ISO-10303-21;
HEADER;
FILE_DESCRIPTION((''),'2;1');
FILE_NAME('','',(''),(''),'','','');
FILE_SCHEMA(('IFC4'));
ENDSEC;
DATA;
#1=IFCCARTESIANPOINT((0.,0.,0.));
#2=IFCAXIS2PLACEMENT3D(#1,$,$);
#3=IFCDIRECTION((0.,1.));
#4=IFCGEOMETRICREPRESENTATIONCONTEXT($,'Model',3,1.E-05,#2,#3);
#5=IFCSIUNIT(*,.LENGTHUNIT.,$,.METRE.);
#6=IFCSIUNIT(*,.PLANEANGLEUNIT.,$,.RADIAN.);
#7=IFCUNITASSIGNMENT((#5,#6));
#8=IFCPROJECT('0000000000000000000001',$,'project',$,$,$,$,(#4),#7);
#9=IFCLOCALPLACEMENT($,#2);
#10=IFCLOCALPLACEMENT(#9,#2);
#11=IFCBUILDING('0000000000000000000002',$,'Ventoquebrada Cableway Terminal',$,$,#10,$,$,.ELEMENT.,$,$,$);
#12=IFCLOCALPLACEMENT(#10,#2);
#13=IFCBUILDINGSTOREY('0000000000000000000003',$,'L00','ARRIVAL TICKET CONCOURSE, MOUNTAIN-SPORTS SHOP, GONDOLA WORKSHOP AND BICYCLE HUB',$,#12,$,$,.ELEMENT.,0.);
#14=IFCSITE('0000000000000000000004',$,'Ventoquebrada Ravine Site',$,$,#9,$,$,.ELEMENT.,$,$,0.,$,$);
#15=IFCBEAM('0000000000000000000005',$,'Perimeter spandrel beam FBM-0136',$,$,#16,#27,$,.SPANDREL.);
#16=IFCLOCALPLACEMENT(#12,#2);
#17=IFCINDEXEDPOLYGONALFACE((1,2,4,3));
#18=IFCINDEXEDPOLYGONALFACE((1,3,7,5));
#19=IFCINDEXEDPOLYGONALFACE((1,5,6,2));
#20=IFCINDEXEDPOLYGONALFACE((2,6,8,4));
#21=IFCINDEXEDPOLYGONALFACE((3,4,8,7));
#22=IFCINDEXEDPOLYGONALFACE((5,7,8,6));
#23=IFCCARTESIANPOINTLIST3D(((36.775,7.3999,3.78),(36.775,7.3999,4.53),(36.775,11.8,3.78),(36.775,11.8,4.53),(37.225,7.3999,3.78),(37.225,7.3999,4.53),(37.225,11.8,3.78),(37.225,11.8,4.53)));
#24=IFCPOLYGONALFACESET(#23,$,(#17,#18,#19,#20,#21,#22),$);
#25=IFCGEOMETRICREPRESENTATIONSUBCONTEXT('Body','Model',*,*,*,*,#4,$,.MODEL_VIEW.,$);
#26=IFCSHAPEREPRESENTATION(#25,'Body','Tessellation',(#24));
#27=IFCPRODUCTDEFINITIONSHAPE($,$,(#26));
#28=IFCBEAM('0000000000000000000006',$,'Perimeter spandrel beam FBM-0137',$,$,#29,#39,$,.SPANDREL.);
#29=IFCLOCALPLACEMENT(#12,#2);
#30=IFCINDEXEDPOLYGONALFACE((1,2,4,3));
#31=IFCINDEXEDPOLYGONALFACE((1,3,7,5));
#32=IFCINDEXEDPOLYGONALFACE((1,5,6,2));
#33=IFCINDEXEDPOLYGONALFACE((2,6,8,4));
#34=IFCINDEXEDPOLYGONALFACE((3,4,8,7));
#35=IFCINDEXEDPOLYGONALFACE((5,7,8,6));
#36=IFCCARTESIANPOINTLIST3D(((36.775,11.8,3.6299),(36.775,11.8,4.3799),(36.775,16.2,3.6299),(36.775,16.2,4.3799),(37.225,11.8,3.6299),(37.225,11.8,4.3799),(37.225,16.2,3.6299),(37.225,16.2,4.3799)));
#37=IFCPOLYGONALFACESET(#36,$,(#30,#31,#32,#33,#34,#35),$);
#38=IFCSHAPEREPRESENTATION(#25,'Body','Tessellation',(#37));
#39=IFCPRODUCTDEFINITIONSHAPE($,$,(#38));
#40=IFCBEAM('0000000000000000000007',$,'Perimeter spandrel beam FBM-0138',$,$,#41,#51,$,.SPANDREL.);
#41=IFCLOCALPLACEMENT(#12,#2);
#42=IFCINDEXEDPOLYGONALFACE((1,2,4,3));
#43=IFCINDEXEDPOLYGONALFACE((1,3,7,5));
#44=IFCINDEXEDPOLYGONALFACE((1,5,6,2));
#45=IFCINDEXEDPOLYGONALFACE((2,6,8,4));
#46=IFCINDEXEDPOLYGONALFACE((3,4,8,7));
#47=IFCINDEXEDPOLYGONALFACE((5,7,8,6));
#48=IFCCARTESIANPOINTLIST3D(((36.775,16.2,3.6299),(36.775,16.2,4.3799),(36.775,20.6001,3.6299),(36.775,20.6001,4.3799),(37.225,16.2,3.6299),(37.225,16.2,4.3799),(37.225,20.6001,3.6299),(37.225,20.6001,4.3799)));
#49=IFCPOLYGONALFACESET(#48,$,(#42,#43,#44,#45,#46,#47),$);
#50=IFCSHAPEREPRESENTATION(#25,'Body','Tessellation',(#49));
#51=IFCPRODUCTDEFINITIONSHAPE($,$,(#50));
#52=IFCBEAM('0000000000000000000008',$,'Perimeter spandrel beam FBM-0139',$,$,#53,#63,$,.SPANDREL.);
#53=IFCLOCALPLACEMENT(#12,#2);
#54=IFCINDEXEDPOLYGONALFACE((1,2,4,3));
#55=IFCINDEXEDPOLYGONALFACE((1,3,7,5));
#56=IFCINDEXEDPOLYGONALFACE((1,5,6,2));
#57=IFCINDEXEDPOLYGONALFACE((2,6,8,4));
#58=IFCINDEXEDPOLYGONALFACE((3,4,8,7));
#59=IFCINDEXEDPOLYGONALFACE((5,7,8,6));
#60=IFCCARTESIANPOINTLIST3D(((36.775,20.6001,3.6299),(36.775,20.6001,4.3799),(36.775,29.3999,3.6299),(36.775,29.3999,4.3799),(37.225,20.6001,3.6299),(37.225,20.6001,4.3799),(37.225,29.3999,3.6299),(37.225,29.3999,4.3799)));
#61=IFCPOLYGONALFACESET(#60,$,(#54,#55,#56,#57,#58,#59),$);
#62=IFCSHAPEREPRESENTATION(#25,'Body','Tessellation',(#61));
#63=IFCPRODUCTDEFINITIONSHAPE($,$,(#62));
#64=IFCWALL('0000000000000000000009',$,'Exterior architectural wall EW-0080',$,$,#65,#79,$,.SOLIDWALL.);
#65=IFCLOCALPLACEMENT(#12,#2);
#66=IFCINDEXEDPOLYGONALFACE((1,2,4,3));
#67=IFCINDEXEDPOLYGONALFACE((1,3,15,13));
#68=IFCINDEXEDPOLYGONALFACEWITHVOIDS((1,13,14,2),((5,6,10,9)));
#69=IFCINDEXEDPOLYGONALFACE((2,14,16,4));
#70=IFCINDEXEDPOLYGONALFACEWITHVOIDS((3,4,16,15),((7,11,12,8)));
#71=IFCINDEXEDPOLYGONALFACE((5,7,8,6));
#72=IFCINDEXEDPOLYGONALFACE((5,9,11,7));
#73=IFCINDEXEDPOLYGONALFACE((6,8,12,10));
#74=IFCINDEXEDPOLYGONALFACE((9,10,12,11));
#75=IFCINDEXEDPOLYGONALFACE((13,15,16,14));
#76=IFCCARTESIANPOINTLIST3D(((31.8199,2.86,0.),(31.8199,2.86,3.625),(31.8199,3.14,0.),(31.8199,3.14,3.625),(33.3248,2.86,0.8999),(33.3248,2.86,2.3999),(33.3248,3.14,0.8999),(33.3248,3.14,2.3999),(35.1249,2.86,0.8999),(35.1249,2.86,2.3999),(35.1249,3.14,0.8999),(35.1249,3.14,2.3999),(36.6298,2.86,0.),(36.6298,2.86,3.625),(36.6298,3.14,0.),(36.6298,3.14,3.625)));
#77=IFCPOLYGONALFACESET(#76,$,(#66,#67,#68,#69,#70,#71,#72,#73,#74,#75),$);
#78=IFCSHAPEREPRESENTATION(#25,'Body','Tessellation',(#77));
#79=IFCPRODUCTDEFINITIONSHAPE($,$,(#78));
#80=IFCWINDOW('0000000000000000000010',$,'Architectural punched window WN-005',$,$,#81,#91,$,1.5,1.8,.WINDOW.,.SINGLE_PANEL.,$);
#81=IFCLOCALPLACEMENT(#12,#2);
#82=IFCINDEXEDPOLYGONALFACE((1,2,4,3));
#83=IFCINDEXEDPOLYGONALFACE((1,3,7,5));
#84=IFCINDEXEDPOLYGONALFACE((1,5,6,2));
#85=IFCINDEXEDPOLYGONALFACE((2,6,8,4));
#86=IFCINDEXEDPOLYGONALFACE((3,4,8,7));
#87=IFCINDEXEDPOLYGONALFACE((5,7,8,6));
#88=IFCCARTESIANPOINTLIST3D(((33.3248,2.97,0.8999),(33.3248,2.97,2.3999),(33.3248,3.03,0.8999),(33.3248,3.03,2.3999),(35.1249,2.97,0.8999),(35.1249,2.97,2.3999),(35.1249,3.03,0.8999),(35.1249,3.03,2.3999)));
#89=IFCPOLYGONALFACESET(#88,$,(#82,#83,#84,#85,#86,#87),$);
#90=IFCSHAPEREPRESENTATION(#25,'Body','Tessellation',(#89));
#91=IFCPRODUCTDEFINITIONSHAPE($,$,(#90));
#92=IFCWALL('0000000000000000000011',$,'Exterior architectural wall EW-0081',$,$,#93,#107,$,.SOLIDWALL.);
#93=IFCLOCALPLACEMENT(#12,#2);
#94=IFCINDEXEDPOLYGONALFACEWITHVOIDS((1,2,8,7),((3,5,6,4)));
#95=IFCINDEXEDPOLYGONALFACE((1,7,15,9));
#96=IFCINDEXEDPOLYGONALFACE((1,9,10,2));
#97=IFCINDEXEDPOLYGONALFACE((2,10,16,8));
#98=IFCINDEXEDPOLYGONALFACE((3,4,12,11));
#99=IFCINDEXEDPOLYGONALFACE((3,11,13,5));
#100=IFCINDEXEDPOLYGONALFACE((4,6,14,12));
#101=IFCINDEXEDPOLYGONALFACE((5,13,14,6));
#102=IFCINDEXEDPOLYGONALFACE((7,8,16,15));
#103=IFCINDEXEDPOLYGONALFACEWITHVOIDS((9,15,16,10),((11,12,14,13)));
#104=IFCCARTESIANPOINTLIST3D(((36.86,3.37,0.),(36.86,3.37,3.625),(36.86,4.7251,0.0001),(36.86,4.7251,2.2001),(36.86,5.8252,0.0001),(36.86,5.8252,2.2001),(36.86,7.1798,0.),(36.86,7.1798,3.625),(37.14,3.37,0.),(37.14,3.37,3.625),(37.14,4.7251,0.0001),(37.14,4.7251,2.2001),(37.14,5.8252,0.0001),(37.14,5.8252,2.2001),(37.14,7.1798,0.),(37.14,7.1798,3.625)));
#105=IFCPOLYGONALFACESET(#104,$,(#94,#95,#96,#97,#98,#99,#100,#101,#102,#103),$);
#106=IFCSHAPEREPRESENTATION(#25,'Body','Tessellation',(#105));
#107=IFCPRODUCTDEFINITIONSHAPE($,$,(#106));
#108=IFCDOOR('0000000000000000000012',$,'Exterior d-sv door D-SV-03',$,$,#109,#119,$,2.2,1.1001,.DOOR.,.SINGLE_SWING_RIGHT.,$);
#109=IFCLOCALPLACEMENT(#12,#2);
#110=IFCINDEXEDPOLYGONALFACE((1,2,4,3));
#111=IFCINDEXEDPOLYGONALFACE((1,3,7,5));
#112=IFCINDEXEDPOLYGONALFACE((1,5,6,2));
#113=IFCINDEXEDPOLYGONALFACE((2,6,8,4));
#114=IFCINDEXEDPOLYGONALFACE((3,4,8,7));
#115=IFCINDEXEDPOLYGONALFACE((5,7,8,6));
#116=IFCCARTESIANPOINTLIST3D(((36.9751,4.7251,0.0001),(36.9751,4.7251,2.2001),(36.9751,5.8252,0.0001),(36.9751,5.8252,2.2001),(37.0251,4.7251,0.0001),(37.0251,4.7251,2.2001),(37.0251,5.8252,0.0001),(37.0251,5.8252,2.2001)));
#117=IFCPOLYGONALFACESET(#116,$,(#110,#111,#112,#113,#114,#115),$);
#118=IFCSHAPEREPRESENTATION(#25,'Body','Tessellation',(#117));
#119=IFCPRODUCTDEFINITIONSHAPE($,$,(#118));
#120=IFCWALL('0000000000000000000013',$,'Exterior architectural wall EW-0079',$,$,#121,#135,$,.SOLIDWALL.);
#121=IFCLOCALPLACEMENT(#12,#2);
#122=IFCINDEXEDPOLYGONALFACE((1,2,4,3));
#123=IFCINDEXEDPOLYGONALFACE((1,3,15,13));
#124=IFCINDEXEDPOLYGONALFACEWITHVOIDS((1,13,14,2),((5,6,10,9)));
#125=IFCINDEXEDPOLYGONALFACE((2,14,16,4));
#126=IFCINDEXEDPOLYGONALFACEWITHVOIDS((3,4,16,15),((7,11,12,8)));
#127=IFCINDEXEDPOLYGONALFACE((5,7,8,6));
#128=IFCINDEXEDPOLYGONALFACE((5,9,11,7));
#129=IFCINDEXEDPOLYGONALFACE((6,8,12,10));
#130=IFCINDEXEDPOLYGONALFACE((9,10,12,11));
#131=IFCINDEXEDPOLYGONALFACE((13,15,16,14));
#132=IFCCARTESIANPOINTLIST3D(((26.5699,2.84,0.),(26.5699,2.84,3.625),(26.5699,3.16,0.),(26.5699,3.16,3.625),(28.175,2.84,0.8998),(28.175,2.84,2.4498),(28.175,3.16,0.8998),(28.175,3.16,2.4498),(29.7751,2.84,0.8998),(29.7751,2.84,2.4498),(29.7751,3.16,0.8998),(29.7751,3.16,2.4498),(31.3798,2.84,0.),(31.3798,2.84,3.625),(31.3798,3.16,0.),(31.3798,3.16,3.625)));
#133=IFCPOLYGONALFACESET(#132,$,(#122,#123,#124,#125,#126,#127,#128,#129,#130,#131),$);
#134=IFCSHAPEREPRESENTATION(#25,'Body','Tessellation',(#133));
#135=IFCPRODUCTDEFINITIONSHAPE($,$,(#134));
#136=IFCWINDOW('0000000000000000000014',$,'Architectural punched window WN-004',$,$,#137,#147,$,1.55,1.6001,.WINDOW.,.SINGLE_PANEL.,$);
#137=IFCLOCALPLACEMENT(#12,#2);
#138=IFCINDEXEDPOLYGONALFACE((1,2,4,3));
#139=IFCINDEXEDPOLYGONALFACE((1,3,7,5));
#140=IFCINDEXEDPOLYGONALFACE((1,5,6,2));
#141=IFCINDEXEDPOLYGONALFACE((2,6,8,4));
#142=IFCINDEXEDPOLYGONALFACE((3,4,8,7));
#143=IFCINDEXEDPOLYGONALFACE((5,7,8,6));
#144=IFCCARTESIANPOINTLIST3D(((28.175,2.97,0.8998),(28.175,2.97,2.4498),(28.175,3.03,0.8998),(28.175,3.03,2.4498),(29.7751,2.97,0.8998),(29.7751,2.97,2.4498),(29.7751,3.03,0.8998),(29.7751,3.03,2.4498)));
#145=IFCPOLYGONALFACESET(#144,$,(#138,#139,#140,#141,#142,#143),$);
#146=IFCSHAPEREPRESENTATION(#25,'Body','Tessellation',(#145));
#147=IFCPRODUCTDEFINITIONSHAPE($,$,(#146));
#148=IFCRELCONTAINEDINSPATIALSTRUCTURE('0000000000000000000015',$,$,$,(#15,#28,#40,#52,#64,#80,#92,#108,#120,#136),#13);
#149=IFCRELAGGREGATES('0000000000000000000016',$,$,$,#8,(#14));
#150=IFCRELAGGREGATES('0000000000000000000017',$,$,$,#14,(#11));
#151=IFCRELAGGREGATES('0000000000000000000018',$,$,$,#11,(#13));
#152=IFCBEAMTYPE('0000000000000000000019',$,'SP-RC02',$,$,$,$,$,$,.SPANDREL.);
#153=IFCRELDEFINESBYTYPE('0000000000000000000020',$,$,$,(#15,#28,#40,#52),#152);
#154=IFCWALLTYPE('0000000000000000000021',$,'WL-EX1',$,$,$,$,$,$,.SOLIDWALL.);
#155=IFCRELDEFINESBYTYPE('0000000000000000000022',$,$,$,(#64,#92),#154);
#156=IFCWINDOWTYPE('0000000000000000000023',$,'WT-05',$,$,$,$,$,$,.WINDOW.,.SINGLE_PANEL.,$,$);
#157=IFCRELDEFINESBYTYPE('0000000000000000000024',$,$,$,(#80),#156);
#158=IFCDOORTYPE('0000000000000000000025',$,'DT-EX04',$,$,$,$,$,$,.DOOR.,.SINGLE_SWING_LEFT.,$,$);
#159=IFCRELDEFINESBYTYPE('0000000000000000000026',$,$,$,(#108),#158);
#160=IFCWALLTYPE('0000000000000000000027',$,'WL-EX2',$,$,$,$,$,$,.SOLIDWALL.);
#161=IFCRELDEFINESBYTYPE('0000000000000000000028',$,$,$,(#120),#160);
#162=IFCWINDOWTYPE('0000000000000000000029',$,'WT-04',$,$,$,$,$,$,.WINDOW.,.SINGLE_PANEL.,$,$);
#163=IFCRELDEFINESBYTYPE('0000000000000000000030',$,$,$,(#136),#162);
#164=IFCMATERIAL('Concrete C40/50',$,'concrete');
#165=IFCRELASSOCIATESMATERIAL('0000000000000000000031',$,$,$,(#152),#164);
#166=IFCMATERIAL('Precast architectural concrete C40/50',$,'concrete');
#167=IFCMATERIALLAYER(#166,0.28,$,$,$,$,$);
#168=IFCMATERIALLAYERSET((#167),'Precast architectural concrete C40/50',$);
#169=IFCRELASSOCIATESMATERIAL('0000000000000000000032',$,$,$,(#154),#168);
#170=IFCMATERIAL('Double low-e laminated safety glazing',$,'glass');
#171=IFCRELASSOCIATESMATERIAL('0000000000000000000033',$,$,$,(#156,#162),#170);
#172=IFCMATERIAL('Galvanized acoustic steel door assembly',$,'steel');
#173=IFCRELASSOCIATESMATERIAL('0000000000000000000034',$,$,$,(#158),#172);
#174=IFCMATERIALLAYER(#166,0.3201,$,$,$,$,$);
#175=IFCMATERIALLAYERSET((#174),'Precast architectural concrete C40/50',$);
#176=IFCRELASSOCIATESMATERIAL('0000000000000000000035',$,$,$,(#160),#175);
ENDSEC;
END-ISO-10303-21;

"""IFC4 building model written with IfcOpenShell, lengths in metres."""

from ifc_helpers import new_model, si_unit, direction, frame, frame_2d, origin, origin_2d, place, context, subcontext, project, spatial, rectangle, extrude, material, layer, layer_set, material_profile, profile_set, type_object, element, fill, save


model = new_model("IFC4")

# Units and contexts
model_context = context("Model", 3, precision=1e-05, world=origin(), true_north=direction((0.0, 1.0)))
body_context = subcontext(model_context, "Body", "Model", "MODEL_VIEW")
ifc_project = project(units=[si_unit("LENGTHUNIT", "METRE"), si_unit("PLANEANGLEUNIT", "RADIAN")], contexts=[model_context])

# Site, building, storey
site_placement = place(None, origin())
site = spatial("IfcSite", under=ifc_project, at=site_placement, Name="Ventoquebrada Ravine Site", CompositionType="ELEMENT", RefElevation=0.0)
building_placement = place(site_placement, origin())
building = spatial("IfcBuilding", under=site, at=building_placement, Name="Ventoquebrada Cableway Terminal", CompositionType="ELEMENT")
storey_placement = place(building_placement, origin())
storey = spatial("IfcBuildingStorey", under=building, at=storey_placement, Name="L00", Description="ARRIVAL TICKET CONCOURSE, MOUNTAIN-SPORTS SHOP, GONDOLA WORKSHOP AND BICYCLE HUB", CompositionType="ELEMENT", Elevation=0.0)

# Shared definitions
ifc_material_1 = material(Name="Concrete C40/50", Category="concrete")

# Beams
ifc_material_profile_1 = material_profile(ifc_material_1, rectangle(XDim=0.45, YDim=0.75, at=origin_2d()), Name="RC-BM-450X750")
ifc_profile_set_1 = profile_set([ifc_material_profile_1], Name="Concrete C40/50")
beam_type = type_object("IfcBeamType", Name="SP-RC02", PredefinedType="SPANDREL", material=ifc_profile_set_1)
beam_1_placement = place(storey_placement, frame((37.0, 7.3999, 4.155), z_axis=(0.0, 1.0, 0.0), x_axis=(-1.0, 0.0, 0.0)))
element("IfcBeam", 1, at=beam_1_placement, inside=storey, type_object=beam_type, Name="Perimeter spandrel beam FBM-0136", PredefinedType="SPANDREL", context=body_context, shape_type="SweptSolid", body=[
    extrude(rectangle(XDim=0.45, YDim=0.75, at=origin_2d()), origin(), (0.0, 0.0, 1.0), 4.4001),
])
beam_2_placement = place(storey_placement, frame((37.0, 11.8, 4.0049), z_axis=(0.0, 1.0, 0.0), x_axis=(-1.0, 0.0, 0.0)))
element("IfcBeam", 2, at=beam_2_placement, inside=storey, type_object=beam_type, Name="Perimeter spandrel beam FBM-0137", PredefinedType="SPANDREL", context=body_context, shape_type="SweptSolid", body=[
    extrude(rectangle(XDim=0.45, YDim=0.75, at=origin_2d()), origin(), (0.0, 0.0, 1.0), 4.3999),
])
beam_3_placement = place(storey_placement, frame((37.0, 16.2, 4.0049), z_axis=(0.0, 1.0, 0.0), x_axis=(-1.0, 0.0, 0.0)))
element("IfcBeam", 3, at=beam_3_placement, inside=storey, type_object=beam_type, Name="Perimeter spandrel beam FBM-0138", PredefinedType="SPANDREL", context=body_context, shape_type="SweptSolid", body=[
    extrude(rectangle(XDim=0.45, YDim=0.75, at=origin_2d()), origin(), (0.0, 0.0, 1.0), 4.4001),
])
beam_4_placement = place(storey_placement, frame((37.0, 20.6001, 4.0049), z_axis=(0.0, 1.0, 0.0), x_axis=(-1.0, 0.0, 0.0)))
element("IfcBeam", 4, at=beam_4_placement, inside=storey, type_object=beam_type, Name="Perimeter spandrel beam FBM-0139", PredefinedType="SPANDREL", context=body_context, shape_type="SweptSolid", body=[
    extrude(rectangle(XDim=0.45, YDim=0.75, at=origin_2d()), origin(), (0.0, 0.0, 1.0), 8.7998),
])

# Wall, opening, window
ifc_material_2 = material(Name="Precast architectural concrete C40/50", Category="concrete")
ifc_layer_1 = layer(ifc_material_2, 0.28)
ifc_layer_set_1 = layer_set([ifc_layer_1], Name="Precast architectural concrete C40/50")
wall_type_1 = type_object("IfcWallType", Name="WL-EX1", PredefinedType="SOLIDWALL", material=ifc_layer_set_1)
wall_1_placement = place(storey_placement, frame((31.8201, 3.0, 0.0), z_axis=(0.0, 0.0, 1.0), x_axis=(1.0, 0.0, 0.0)))
wall_1 = element("IfcWall", 5, at=wall_1_placement, inside=storey, type_object=wall_type_1, Name="Exterior architectural wall EW-0080", PredefinedType="SOLIDWALL", context=body_context, shape_type="SweptSolid", body=[
    extrude(rectangle(XDim=4.8098, YDim=0.28, at=frame_2d((2.4048, 0.0))), origin(), (0.0, 0.0, 1.0), 3.625),
])
opening_1_placement = place(wall_1_placement, frame((1.5049, 0.0, 0.8999)))
opening_1 = element("IfcOpeningElement", 6, at=opening_1_placement, cuts=wall_1, PredefinedType="OPENING", context=body_context, shape_type="SweptSolid", body=[
    extrude(rectangle(XDim=1.8, YDim=1.5, at=frame_2d((0.8999, 0.75))), frame((0.0, 0.1499, 0.0), z_axis=(0.0, -1.0, 0.0), x_axis=(1.0, 0.0, 0.0)), (0.0, 0.0, 1.0), 0.3),
])
ifc_material_3 = material(Name="Double low-e laminated safety glazing", Category="glass")
window_type_1 = type_object("IfcWindowType", Name="WT-05", PartitioningType="SINGLE_PANEL", PredefinedType="WINDOW", material=ifc_material_3)
window_1_placement = place(opening_1_placement, origin())
window_1 = element("IfcWindow", 7, at=window_1_placement, inside=storey, type_object=window_type_1, Name="Architectural punched window WN-005", OverallHeight=1.5, OverallWidth=1.8, PartitioningType="SINGLE_PANEL", PredefinedType="WINDOW", context=body_context, shape_type="SweptSolid", body=[
    extrude(rectangle(XDim=1.8, YDim=1.5, at=frame_2d((0.8999, 0.75))), frame((0.0, 0.03, 0.0), z_axis=(0.0, -1.0, 0.0), x_axis=(1.0, 0.0, 0.0)), (0.0, 0.0, 1.0), 0.0601),
])
fill(opening_1, window_1)

# Wall, opening, door
wall_2_placement = place(storey_placement, frame((37.0, 3.3701, 0.0), z_axis=(0.0, 0.0, 1.0), x_axis=(0.0, 1.0, 0.0)))
wall_2 = element("IfcWall", 8, at=wall_2_placement, inside=storey, type_object=wall_type_1, Name="Exterior architectural wall EW-0081", PredefinedType="SOLIDWALL", context=body_context, shape_type="SweptSolid", body=[
    extrude(rectangle(XDim=3.8098, YDim=0.28, at=frame_2d((1.9048, 0.0))), origin(), (0.0, 0.0, 1.0), 3.625),
])
opening_2_placement = place(wall_2_placement, frame((1.355, 0.0, 0.0)))
opening_2 = element("IfcOpeningElement", 9, at=opening_2_placement, cuts=wall_2, PredefinedType="OPENING", context=body_context, shape_type="SweptSolid", body=[
    extrude(rectangle(XDim=1.1001, YDim=2.2, at=frame_2d((0.55, 1.1001))), frame((0.0, 0.1499, 0.0), z_axis=(0.0, -1.0, 0.0), x_axis=(1.0, 0.0, 0.0)), (0.0, 0.0, 1.0), 0.3),
])
ifc_material_4 = material(Name="Galvanized acoustic steel door assembly", Category="steel")
door_type = type_object("IfcDoorType", Name="DT-EX04", OperationType="SINGLE_SWING_LEFT", PredefinedType="DOOR", material=ifc_material_4)
door_placement = place(opening_2_placement, origin())
door = element("IfcDoor", 10, at=door_placement, inside=storey, type_object=door_type, Name="Exterior d-sv door D-SV-03", OperationType="SINGLE_SWING_RIGHT", OverallHeight=2.2, OverallWidth=1.1001, PredefinedType="DOOR", context=body_context, shape_type="SweptSolid", body=[
    extrude(rectangle(XDim=1.1001, YDim=2.2, at=frame_2d((0.55, 1.1001))), frame((0.0, 0.0249, 0.0), z_axis=(0.0, -1.0, 0.0), x_axis=(1.0, 0.0, 0.0)), (0.0, 0.0, 1.0), 0.05),
])
fill(opening_2, door)

# Wall, opening, window
ifc_layer_2 = layer(ifc_material_2, 0.3201)
ifc_layer_set_2 = layer_set([ifc_layer_2], Name="Precast architectural concrete C40/50")
wall_type_2 = type_object("IfcWallType", Name="WL-EX2", PredefinedType="SOLIDWALL", material=ifc_layer_set_2)
wall_3_placement = place(storey_placement, frame((26.5701, 3.0, 0.0), z_axis=(0.0, 0.0, 1.0), x_axis=(1.0, 0.0, 0.0)))
wall_3 = element("IfcWall", 11, at=wall_3_placement, inside=storey, type_object=wall_type_2, Name="Exterior architectural wall EW-0079", PredefinedType="SOLIDWALL", context=body_context, shape_type="SweptSolid", body=[
    extrude(rectangle(XDim=4.8098, YDim=0.3201, at=frame_2d((2.4048, 0.0))), origin(), (0.0, 0.0, 1.0), 3.625),
])
opening_3_placement = place(wall_3_placement, frame((1.605, 0.0, 0.8999)))
opening_3 = element("IfcOpeningElement", 12, at=opening_3_placement, cuts=wall_3, PredefinedType="OPENING", context=body_context, shape_type="SweptSolid", body=[
    extrude(rectangle(XDim=1.6001, YDim=1.55, at=frame_2d((0.8, 0.7749))), frame((0.0, 0.1699, 0.0), z_axis=(0.0, -1.0, 0.0), x_axis=(1.0, 0.0, 0.0)), (0.0, 0.0, 1.0), 0.3401),
])
window_type_2 = type_object("IfcWindowType", Name="WT-04", PartitioningType="SINGLE_PANEL", PredefinedType="WINDOW", material=ifc_material_3)
window_2_placement = place(opening_3_placement, origin())
window_2 = element("IfcWindow", 13, at=window_2_placement, inside=storey, type_object=window_type_2, Name="Architectural punched window WN-004", OverallHeight=1.55, OverallWidth=1.6001, PartitioningType="SINGLE_PANEL", PredefinedType="WINDOW", context=body_context, shape_type="SweptSolid", body=[
    extrude(rectangle(XDim=1.6001, YDim=1.55, at=frame_2d((0.8, 0.7749))), frame((0.0, 0.03, 0.0), z_axis=(0.0, -1.0, 0.0), x_axis=(1.0, 0.0, 0.0)), (0.0, 0.0, 1.0), 0.0601),
])
fill(opening_3, window_2)

save(model, "model.ifc")
